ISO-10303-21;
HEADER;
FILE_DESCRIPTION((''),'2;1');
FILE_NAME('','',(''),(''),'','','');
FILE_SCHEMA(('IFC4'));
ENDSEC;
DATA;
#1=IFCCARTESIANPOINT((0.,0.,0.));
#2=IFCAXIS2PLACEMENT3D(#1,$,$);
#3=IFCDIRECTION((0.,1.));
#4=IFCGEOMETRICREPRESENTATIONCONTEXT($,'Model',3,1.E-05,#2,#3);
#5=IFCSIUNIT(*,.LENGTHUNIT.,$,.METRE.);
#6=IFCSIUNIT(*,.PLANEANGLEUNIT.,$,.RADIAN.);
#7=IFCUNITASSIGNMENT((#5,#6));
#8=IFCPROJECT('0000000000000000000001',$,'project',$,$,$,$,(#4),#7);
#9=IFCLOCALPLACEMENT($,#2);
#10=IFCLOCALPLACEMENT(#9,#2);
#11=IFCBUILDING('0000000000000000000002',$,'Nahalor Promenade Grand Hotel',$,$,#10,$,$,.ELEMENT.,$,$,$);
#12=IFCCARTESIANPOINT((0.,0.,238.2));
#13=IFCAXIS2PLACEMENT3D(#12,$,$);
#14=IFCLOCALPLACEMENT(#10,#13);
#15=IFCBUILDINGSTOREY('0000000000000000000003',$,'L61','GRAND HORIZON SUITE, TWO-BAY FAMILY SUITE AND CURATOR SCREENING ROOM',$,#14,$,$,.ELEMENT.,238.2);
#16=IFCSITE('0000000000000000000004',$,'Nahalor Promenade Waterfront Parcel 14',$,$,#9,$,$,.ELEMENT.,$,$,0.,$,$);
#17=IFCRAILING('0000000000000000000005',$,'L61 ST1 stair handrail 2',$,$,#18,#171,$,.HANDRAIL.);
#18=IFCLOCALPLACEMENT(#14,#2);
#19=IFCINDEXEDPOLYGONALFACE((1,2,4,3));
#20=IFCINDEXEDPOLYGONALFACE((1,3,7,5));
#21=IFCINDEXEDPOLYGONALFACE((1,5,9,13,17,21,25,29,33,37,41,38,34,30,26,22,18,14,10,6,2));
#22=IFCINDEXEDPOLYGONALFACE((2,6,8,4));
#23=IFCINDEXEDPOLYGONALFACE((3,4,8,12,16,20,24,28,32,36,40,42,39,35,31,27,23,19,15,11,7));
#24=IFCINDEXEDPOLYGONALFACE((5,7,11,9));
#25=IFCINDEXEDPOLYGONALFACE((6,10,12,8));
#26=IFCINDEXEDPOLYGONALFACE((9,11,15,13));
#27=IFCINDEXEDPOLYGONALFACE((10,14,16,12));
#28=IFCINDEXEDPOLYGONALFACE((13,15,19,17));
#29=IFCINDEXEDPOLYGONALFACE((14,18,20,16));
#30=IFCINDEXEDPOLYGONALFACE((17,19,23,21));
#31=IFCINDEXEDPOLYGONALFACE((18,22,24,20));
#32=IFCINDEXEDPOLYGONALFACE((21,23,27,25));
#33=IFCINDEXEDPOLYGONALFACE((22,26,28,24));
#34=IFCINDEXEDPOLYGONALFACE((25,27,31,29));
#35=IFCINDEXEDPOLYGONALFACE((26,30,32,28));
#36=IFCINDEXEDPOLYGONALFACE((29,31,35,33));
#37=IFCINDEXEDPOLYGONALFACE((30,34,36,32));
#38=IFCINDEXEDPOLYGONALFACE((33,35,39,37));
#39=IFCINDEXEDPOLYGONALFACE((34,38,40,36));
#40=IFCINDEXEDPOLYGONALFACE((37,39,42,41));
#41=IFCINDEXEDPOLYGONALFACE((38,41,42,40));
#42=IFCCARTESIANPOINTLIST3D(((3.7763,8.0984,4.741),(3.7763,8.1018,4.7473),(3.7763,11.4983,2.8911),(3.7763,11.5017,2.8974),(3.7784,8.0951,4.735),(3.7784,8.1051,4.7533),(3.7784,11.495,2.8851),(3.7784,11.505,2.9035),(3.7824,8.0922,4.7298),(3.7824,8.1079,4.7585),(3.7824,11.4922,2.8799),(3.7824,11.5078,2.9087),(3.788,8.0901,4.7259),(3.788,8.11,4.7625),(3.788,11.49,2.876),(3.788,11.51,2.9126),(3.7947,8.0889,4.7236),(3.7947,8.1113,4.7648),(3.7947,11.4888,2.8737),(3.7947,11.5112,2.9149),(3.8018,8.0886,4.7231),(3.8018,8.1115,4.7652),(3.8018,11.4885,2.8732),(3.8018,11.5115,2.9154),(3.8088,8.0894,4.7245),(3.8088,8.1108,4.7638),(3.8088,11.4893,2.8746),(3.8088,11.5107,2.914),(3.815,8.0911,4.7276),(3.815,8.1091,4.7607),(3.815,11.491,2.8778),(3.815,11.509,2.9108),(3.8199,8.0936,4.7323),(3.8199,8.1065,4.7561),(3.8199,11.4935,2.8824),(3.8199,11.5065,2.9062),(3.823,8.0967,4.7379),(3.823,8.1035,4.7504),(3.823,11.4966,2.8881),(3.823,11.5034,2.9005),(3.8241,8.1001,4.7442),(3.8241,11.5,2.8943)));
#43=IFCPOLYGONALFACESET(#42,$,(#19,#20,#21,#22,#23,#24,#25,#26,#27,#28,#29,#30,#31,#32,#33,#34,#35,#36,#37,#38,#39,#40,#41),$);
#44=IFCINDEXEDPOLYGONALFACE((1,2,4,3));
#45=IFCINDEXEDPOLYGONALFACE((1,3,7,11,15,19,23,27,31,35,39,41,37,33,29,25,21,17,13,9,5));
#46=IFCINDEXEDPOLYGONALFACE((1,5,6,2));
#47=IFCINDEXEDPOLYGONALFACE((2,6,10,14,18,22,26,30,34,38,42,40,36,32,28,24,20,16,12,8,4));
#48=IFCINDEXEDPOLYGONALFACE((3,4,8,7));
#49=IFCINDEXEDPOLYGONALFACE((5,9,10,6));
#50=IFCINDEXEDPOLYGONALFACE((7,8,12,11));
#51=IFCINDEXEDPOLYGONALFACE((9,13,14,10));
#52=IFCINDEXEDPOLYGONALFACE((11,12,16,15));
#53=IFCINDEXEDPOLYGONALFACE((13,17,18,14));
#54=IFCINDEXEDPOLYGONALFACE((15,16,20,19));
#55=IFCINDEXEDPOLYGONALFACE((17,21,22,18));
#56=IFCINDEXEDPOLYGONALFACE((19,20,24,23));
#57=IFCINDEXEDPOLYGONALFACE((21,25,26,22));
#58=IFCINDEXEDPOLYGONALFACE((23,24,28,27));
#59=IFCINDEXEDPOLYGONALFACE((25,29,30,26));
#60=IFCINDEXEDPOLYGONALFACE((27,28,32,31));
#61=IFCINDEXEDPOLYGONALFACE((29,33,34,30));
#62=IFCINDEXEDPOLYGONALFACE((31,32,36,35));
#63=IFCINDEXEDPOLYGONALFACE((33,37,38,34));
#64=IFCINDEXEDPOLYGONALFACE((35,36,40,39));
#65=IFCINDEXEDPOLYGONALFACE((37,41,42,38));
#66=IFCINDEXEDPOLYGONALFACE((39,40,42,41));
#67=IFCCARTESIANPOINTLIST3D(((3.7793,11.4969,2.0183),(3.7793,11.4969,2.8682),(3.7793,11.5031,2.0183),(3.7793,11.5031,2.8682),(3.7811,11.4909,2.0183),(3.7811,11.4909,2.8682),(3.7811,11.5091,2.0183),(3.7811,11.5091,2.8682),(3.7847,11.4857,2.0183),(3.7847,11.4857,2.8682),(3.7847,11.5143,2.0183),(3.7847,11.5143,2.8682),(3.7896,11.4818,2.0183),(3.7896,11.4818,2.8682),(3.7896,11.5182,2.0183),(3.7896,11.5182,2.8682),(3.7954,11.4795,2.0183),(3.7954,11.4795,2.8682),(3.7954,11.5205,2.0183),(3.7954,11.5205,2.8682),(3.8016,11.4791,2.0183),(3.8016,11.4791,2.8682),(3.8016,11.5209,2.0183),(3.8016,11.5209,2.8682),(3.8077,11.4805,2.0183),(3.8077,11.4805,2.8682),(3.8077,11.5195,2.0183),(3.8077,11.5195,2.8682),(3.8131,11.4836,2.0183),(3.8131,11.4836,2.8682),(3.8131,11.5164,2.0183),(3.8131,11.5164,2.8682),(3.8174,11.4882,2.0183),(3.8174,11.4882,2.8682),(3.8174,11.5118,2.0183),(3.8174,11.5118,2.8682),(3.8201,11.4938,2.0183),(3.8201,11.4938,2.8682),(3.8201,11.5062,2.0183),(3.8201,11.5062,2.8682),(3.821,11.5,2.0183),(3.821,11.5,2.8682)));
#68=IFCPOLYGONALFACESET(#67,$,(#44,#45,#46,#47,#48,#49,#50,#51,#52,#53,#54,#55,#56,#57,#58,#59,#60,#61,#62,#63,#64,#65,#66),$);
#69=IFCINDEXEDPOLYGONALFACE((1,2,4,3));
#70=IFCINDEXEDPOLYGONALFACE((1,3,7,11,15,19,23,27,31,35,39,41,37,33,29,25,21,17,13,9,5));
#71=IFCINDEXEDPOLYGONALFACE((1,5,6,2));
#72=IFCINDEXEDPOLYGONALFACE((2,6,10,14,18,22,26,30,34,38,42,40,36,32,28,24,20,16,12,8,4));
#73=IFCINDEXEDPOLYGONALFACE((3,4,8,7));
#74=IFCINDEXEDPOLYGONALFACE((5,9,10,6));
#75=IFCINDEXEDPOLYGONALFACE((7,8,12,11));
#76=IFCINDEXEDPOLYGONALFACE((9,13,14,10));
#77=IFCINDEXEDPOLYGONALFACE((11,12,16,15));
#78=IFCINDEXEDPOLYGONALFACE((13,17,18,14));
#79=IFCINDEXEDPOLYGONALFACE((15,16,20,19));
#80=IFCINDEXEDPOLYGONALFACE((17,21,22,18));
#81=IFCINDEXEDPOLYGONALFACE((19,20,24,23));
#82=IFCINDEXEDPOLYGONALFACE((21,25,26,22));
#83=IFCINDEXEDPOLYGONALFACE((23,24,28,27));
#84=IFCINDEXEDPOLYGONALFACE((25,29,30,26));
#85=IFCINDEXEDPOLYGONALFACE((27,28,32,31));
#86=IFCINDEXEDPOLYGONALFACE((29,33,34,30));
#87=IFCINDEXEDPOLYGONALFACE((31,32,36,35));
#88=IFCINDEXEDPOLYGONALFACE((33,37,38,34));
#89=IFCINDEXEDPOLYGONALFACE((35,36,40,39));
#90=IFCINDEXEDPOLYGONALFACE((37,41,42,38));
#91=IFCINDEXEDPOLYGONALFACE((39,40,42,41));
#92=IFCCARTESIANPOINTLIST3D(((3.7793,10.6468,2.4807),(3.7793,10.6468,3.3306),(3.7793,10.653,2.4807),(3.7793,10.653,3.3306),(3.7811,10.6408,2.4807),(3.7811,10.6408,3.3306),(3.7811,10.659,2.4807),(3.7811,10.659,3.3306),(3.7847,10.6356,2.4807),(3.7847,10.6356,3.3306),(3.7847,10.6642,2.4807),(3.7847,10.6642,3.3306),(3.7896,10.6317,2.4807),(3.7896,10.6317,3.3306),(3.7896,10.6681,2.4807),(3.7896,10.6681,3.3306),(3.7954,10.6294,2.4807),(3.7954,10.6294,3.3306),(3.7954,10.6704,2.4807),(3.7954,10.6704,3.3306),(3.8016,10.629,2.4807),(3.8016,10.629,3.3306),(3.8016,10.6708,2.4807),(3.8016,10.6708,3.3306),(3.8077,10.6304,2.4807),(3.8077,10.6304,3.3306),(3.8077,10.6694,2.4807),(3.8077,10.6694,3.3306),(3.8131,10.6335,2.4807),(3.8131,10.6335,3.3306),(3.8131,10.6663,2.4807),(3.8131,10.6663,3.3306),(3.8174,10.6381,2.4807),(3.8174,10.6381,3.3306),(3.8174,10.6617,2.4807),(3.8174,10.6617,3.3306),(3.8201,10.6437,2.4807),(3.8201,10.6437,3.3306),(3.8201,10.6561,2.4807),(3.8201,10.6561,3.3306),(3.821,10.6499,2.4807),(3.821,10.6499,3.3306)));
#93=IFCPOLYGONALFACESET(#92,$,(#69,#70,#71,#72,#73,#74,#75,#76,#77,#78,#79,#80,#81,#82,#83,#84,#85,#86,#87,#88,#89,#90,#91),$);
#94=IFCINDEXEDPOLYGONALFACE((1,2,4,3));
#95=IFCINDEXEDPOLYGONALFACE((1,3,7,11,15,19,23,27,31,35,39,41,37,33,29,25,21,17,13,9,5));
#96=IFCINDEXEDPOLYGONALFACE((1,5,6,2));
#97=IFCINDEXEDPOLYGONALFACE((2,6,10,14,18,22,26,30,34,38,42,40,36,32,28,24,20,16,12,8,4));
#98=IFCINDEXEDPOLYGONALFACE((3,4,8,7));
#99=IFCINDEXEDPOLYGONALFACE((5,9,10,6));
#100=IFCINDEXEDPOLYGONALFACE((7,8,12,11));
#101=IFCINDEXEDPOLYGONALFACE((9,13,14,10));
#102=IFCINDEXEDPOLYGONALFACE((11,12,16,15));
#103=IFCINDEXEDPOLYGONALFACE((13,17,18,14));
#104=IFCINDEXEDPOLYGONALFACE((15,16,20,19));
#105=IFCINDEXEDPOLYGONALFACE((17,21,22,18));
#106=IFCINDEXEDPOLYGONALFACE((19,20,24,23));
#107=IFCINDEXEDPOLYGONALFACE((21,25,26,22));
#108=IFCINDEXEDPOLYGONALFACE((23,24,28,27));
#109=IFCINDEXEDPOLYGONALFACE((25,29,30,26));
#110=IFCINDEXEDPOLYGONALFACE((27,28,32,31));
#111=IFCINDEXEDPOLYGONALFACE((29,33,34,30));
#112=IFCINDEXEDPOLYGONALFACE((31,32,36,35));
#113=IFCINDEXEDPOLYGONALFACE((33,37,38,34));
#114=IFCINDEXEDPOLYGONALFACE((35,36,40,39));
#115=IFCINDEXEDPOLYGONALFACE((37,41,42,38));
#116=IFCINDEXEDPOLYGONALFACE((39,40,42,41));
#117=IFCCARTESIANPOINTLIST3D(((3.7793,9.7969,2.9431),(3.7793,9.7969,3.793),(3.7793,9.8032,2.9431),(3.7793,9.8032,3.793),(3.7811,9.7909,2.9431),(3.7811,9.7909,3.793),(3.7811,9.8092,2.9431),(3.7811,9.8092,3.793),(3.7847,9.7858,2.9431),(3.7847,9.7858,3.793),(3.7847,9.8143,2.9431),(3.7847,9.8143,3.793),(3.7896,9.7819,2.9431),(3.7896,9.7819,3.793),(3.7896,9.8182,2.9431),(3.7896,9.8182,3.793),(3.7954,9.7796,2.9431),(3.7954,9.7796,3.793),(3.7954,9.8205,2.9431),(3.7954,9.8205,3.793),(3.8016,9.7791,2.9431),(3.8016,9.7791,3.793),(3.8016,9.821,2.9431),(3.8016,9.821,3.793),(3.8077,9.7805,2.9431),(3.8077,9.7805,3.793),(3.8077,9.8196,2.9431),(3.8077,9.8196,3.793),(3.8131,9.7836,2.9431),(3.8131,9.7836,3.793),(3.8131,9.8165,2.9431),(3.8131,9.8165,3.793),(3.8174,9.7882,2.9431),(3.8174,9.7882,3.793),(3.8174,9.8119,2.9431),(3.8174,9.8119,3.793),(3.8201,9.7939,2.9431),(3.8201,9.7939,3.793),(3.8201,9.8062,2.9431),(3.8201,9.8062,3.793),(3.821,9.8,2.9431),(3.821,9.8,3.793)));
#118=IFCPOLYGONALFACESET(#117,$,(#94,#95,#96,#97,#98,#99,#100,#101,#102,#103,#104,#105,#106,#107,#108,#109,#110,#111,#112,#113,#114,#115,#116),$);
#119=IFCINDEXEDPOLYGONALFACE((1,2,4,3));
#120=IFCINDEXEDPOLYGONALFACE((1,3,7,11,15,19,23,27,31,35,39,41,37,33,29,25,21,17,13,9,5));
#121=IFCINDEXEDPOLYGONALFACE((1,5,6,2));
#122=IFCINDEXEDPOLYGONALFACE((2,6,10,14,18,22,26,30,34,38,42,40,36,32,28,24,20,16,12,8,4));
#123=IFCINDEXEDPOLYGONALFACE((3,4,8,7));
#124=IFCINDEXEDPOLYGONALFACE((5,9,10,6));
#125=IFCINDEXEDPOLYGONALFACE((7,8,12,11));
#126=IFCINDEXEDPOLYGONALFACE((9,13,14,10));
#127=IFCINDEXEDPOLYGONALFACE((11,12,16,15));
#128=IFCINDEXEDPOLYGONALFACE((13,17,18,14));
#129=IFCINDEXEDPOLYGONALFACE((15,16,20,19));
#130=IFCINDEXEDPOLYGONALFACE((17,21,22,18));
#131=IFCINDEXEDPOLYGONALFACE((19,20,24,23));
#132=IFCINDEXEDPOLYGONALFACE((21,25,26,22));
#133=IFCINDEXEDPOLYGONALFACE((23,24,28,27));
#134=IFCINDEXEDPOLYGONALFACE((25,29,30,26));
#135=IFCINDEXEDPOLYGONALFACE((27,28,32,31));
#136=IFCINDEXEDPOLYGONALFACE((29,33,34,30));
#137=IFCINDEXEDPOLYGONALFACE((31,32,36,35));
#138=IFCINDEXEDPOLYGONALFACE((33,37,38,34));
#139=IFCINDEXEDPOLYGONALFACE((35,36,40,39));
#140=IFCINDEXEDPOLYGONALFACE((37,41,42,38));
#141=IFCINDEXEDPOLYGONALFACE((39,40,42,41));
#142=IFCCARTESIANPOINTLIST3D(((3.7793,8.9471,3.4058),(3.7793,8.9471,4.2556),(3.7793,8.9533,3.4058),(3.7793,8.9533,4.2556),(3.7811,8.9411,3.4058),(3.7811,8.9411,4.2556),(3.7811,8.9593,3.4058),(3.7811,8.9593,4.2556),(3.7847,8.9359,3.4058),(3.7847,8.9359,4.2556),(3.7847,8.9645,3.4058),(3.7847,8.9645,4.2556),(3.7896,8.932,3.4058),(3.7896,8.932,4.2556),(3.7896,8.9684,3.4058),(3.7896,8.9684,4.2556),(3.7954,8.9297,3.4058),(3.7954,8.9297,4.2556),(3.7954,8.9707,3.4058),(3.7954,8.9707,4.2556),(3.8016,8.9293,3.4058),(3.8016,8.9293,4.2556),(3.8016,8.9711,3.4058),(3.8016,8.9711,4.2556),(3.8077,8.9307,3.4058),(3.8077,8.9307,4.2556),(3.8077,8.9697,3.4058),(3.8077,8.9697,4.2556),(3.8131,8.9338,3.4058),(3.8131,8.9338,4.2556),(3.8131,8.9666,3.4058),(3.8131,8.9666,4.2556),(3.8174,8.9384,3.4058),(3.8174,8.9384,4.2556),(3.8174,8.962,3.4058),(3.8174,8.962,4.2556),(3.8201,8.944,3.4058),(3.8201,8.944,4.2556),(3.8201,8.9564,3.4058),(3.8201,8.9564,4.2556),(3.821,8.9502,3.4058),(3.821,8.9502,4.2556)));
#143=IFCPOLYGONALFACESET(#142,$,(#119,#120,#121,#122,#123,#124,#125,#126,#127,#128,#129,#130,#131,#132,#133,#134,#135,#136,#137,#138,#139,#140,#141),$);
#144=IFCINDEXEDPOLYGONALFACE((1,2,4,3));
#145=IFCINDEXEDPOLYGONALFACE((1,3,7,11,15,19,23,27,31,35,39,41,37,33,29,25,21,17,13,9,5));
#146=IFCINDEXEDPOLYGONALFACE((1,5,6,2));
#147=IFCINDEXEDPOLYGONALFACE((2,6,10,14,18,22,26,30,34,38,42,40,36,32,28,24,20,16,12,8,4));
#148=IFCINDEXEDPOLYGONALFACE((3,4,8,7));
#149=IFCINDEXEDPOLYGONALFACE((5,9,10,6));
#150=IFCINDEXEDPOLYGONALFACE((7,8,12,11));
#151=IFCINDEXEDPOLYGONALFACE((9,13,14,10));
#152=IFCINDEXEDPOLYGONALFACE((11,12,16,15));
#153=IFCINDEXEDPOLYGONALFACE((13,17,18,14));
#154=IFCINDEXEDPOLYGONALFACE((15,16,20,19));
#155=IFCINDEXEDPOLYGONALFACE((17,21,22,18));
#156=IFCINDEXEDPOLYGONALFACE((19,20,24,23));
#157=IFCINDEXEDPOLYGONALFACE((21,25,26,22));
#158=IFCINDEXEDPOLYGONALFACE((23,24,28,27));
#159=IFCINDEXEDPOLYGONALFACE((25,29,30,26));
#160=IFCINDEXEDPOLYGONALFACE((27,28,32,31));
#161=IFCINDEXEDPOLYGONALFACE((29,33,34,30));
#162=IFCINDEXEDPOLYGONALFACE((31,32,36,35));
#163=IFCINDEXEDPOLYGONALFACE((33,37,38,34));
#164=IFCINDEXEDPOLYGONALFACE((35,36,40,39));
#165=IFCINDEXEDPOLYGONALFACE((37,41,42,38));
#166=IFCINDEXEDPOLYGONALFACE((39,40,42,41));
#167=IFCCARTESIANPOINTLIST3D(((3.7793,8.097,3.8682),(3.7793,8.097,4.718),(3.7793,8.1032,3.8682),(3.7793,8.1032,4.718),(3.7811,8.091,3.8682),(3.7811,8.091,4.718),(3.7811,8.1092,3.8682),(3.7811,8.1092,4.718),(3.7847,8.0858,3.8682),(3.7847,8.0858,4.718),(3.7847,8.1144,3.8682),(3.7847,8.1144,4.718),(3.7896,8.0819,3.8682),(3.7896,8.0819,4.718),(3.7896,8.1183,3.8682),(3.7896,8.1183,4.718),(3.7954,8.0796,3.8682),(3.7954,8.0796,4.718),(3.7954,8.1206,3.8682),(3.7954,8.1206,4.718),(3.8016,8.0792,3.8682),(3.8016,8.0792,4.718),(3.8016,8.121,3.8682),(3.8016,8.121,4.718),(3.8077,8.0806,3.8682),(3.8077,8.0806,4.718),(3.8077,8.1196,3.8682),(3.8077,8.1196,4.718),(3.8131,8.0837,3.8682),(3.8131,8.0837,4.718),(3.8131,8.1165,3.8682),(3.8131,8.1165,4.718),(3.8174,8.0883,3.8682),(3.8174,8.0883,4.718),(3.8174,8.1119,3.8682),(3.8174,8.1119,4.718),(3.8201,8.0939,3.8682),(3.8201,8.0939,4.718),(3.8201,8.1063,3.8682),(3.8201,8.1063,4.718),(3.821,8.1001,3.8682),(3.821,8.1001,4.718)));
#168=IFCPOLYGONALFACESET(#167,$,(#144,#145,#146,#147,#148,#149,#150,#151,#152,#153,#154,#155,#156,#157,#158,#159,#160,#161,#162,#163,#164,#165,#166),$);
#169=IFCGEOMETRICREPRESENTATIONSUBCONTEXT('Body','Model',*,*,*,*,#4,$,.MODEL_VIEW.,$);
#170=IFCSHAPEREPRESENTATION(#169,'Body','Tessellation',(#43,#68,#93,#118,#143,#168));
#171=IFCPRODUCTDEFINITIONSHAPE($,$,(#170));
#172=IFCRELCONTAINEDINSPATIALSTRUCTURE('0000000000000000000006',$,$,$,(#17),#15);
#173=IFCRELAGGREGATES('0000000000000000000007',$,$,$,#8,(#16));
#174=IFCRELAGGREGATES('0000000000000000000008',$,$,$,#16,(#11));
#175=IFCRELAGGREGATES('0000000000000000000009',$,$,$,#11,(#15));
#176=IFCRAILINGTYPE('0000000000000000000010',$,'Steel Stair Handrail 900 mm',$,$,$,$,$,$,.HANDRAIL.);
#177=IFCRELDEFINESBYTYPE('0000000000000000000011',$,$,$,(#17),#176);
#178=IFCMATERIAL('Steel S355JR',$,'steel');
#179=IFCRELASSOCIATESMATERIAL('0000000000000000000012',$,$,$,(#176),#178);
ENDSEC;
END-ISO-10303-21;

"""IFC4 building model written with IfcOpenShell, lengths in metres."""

from ifc_helpers import new_model, si_unit, direction, frame, origin, origin_2d, place, context, subcontext, project, spatial, circle, extrude, material, type_object, element, save


model = new_model("IFC4")

# Units and contexts
model_context = context("Model", 3, precision=1e-05, world=origin(), true_north=direction((0.0, 1.0)))
body_context = subcontext(model_context, "Body", "Model", "MODEL_VIEW")
ifc_project = project(units=[si_unit("LENGTHUNIT", "METRE"), si_unit("PLANEANGLEUNIT", "RADIAN")], contexts=[model_context])

# Site, building, storey
site_placement = place(None, origin())
site = spatial("IfcSite", under=ifc_project, at=site_placement, Name="Nahalor Promenade Waterfront Parcel 14", CompositionType="ELEMENT", RefElevation=0.0)
building_placement = place(site_placement, origin())
building = spatial("IfcBuilding", under=site, at=building_placement, Name="Nahalor Promenade Grand Hotel", CompositionType="ELEMENT")
storey_placement = place(building_placement, frame((0.0, 0.0, 238.2)))
storey = spatial("IfcBuildingStorey", under=building, at=storey_placement, Name="L61", Description="GRAND HORIZON SUITE, TWO-BAY FAMILY SUITE AND CURATOR SCREENING ROOM", CompositionType="ELEMENT", Elevation=238.2)

# Shared definitions
ifc_material_1 = material(Name="Steel S355JR", Category="steel")

# Railing
railing_type_1 = type_object("IfcRailingType", Name="Steel Stair Handrail 900 mm", PredefinedType="HANDRAIL", material=ifc_material_1)
railing_1_placement = place(storey_placement, frame((3.8, 11.5, 2.0183)))
element("IfcRailing", 1, at=railing_1_placement, inside=storey, type_object=railing_type_1, Name="L61 ST1 stair handrail 2", PredefinedType="HANDRAIL", context=body_context, shape_type="SweptSolid", body=[
    extrude(circle(Radius=0.024, at=origin_2d()), frame((0.0, 0.0, 0.876), z_axis=(0.0, -0.878399, 0.477928), x_axis=(1.0, 0.0, 0.0)), (0.0, 0.0, 1.0), 3.8706),
    extrude(circle(Radius=0.021, at=origin_2d()), origin(), (0.0, 0.0, 1.0), 0.8499),
    extrude(circle(Radius=0.021, at=origin_2d()), frame((0.0, -0.8501, 0.4624)), (0.0, 0.0, 1.0), 0.8499),
    extrude(circle(Radius=0.021, at=origin_2d()), frame((0.0, -1.7, 0.9248)), (0.0, 0.0, 1.0), 0.8499),
    extrude(circle(Radius=0.021, at=origin_2d()), frame((0.0, -2.5498, 1.3875)), (0.0, 0.0, 1.0), 0.8499),
    extrude(circle(Radius=0.021, at=origin_2d()), frame((0.0, -3.3999, 1.8499)), (0.0, 0.0, 1.0), 0.8499),
])

save(model, "model.ifc")
